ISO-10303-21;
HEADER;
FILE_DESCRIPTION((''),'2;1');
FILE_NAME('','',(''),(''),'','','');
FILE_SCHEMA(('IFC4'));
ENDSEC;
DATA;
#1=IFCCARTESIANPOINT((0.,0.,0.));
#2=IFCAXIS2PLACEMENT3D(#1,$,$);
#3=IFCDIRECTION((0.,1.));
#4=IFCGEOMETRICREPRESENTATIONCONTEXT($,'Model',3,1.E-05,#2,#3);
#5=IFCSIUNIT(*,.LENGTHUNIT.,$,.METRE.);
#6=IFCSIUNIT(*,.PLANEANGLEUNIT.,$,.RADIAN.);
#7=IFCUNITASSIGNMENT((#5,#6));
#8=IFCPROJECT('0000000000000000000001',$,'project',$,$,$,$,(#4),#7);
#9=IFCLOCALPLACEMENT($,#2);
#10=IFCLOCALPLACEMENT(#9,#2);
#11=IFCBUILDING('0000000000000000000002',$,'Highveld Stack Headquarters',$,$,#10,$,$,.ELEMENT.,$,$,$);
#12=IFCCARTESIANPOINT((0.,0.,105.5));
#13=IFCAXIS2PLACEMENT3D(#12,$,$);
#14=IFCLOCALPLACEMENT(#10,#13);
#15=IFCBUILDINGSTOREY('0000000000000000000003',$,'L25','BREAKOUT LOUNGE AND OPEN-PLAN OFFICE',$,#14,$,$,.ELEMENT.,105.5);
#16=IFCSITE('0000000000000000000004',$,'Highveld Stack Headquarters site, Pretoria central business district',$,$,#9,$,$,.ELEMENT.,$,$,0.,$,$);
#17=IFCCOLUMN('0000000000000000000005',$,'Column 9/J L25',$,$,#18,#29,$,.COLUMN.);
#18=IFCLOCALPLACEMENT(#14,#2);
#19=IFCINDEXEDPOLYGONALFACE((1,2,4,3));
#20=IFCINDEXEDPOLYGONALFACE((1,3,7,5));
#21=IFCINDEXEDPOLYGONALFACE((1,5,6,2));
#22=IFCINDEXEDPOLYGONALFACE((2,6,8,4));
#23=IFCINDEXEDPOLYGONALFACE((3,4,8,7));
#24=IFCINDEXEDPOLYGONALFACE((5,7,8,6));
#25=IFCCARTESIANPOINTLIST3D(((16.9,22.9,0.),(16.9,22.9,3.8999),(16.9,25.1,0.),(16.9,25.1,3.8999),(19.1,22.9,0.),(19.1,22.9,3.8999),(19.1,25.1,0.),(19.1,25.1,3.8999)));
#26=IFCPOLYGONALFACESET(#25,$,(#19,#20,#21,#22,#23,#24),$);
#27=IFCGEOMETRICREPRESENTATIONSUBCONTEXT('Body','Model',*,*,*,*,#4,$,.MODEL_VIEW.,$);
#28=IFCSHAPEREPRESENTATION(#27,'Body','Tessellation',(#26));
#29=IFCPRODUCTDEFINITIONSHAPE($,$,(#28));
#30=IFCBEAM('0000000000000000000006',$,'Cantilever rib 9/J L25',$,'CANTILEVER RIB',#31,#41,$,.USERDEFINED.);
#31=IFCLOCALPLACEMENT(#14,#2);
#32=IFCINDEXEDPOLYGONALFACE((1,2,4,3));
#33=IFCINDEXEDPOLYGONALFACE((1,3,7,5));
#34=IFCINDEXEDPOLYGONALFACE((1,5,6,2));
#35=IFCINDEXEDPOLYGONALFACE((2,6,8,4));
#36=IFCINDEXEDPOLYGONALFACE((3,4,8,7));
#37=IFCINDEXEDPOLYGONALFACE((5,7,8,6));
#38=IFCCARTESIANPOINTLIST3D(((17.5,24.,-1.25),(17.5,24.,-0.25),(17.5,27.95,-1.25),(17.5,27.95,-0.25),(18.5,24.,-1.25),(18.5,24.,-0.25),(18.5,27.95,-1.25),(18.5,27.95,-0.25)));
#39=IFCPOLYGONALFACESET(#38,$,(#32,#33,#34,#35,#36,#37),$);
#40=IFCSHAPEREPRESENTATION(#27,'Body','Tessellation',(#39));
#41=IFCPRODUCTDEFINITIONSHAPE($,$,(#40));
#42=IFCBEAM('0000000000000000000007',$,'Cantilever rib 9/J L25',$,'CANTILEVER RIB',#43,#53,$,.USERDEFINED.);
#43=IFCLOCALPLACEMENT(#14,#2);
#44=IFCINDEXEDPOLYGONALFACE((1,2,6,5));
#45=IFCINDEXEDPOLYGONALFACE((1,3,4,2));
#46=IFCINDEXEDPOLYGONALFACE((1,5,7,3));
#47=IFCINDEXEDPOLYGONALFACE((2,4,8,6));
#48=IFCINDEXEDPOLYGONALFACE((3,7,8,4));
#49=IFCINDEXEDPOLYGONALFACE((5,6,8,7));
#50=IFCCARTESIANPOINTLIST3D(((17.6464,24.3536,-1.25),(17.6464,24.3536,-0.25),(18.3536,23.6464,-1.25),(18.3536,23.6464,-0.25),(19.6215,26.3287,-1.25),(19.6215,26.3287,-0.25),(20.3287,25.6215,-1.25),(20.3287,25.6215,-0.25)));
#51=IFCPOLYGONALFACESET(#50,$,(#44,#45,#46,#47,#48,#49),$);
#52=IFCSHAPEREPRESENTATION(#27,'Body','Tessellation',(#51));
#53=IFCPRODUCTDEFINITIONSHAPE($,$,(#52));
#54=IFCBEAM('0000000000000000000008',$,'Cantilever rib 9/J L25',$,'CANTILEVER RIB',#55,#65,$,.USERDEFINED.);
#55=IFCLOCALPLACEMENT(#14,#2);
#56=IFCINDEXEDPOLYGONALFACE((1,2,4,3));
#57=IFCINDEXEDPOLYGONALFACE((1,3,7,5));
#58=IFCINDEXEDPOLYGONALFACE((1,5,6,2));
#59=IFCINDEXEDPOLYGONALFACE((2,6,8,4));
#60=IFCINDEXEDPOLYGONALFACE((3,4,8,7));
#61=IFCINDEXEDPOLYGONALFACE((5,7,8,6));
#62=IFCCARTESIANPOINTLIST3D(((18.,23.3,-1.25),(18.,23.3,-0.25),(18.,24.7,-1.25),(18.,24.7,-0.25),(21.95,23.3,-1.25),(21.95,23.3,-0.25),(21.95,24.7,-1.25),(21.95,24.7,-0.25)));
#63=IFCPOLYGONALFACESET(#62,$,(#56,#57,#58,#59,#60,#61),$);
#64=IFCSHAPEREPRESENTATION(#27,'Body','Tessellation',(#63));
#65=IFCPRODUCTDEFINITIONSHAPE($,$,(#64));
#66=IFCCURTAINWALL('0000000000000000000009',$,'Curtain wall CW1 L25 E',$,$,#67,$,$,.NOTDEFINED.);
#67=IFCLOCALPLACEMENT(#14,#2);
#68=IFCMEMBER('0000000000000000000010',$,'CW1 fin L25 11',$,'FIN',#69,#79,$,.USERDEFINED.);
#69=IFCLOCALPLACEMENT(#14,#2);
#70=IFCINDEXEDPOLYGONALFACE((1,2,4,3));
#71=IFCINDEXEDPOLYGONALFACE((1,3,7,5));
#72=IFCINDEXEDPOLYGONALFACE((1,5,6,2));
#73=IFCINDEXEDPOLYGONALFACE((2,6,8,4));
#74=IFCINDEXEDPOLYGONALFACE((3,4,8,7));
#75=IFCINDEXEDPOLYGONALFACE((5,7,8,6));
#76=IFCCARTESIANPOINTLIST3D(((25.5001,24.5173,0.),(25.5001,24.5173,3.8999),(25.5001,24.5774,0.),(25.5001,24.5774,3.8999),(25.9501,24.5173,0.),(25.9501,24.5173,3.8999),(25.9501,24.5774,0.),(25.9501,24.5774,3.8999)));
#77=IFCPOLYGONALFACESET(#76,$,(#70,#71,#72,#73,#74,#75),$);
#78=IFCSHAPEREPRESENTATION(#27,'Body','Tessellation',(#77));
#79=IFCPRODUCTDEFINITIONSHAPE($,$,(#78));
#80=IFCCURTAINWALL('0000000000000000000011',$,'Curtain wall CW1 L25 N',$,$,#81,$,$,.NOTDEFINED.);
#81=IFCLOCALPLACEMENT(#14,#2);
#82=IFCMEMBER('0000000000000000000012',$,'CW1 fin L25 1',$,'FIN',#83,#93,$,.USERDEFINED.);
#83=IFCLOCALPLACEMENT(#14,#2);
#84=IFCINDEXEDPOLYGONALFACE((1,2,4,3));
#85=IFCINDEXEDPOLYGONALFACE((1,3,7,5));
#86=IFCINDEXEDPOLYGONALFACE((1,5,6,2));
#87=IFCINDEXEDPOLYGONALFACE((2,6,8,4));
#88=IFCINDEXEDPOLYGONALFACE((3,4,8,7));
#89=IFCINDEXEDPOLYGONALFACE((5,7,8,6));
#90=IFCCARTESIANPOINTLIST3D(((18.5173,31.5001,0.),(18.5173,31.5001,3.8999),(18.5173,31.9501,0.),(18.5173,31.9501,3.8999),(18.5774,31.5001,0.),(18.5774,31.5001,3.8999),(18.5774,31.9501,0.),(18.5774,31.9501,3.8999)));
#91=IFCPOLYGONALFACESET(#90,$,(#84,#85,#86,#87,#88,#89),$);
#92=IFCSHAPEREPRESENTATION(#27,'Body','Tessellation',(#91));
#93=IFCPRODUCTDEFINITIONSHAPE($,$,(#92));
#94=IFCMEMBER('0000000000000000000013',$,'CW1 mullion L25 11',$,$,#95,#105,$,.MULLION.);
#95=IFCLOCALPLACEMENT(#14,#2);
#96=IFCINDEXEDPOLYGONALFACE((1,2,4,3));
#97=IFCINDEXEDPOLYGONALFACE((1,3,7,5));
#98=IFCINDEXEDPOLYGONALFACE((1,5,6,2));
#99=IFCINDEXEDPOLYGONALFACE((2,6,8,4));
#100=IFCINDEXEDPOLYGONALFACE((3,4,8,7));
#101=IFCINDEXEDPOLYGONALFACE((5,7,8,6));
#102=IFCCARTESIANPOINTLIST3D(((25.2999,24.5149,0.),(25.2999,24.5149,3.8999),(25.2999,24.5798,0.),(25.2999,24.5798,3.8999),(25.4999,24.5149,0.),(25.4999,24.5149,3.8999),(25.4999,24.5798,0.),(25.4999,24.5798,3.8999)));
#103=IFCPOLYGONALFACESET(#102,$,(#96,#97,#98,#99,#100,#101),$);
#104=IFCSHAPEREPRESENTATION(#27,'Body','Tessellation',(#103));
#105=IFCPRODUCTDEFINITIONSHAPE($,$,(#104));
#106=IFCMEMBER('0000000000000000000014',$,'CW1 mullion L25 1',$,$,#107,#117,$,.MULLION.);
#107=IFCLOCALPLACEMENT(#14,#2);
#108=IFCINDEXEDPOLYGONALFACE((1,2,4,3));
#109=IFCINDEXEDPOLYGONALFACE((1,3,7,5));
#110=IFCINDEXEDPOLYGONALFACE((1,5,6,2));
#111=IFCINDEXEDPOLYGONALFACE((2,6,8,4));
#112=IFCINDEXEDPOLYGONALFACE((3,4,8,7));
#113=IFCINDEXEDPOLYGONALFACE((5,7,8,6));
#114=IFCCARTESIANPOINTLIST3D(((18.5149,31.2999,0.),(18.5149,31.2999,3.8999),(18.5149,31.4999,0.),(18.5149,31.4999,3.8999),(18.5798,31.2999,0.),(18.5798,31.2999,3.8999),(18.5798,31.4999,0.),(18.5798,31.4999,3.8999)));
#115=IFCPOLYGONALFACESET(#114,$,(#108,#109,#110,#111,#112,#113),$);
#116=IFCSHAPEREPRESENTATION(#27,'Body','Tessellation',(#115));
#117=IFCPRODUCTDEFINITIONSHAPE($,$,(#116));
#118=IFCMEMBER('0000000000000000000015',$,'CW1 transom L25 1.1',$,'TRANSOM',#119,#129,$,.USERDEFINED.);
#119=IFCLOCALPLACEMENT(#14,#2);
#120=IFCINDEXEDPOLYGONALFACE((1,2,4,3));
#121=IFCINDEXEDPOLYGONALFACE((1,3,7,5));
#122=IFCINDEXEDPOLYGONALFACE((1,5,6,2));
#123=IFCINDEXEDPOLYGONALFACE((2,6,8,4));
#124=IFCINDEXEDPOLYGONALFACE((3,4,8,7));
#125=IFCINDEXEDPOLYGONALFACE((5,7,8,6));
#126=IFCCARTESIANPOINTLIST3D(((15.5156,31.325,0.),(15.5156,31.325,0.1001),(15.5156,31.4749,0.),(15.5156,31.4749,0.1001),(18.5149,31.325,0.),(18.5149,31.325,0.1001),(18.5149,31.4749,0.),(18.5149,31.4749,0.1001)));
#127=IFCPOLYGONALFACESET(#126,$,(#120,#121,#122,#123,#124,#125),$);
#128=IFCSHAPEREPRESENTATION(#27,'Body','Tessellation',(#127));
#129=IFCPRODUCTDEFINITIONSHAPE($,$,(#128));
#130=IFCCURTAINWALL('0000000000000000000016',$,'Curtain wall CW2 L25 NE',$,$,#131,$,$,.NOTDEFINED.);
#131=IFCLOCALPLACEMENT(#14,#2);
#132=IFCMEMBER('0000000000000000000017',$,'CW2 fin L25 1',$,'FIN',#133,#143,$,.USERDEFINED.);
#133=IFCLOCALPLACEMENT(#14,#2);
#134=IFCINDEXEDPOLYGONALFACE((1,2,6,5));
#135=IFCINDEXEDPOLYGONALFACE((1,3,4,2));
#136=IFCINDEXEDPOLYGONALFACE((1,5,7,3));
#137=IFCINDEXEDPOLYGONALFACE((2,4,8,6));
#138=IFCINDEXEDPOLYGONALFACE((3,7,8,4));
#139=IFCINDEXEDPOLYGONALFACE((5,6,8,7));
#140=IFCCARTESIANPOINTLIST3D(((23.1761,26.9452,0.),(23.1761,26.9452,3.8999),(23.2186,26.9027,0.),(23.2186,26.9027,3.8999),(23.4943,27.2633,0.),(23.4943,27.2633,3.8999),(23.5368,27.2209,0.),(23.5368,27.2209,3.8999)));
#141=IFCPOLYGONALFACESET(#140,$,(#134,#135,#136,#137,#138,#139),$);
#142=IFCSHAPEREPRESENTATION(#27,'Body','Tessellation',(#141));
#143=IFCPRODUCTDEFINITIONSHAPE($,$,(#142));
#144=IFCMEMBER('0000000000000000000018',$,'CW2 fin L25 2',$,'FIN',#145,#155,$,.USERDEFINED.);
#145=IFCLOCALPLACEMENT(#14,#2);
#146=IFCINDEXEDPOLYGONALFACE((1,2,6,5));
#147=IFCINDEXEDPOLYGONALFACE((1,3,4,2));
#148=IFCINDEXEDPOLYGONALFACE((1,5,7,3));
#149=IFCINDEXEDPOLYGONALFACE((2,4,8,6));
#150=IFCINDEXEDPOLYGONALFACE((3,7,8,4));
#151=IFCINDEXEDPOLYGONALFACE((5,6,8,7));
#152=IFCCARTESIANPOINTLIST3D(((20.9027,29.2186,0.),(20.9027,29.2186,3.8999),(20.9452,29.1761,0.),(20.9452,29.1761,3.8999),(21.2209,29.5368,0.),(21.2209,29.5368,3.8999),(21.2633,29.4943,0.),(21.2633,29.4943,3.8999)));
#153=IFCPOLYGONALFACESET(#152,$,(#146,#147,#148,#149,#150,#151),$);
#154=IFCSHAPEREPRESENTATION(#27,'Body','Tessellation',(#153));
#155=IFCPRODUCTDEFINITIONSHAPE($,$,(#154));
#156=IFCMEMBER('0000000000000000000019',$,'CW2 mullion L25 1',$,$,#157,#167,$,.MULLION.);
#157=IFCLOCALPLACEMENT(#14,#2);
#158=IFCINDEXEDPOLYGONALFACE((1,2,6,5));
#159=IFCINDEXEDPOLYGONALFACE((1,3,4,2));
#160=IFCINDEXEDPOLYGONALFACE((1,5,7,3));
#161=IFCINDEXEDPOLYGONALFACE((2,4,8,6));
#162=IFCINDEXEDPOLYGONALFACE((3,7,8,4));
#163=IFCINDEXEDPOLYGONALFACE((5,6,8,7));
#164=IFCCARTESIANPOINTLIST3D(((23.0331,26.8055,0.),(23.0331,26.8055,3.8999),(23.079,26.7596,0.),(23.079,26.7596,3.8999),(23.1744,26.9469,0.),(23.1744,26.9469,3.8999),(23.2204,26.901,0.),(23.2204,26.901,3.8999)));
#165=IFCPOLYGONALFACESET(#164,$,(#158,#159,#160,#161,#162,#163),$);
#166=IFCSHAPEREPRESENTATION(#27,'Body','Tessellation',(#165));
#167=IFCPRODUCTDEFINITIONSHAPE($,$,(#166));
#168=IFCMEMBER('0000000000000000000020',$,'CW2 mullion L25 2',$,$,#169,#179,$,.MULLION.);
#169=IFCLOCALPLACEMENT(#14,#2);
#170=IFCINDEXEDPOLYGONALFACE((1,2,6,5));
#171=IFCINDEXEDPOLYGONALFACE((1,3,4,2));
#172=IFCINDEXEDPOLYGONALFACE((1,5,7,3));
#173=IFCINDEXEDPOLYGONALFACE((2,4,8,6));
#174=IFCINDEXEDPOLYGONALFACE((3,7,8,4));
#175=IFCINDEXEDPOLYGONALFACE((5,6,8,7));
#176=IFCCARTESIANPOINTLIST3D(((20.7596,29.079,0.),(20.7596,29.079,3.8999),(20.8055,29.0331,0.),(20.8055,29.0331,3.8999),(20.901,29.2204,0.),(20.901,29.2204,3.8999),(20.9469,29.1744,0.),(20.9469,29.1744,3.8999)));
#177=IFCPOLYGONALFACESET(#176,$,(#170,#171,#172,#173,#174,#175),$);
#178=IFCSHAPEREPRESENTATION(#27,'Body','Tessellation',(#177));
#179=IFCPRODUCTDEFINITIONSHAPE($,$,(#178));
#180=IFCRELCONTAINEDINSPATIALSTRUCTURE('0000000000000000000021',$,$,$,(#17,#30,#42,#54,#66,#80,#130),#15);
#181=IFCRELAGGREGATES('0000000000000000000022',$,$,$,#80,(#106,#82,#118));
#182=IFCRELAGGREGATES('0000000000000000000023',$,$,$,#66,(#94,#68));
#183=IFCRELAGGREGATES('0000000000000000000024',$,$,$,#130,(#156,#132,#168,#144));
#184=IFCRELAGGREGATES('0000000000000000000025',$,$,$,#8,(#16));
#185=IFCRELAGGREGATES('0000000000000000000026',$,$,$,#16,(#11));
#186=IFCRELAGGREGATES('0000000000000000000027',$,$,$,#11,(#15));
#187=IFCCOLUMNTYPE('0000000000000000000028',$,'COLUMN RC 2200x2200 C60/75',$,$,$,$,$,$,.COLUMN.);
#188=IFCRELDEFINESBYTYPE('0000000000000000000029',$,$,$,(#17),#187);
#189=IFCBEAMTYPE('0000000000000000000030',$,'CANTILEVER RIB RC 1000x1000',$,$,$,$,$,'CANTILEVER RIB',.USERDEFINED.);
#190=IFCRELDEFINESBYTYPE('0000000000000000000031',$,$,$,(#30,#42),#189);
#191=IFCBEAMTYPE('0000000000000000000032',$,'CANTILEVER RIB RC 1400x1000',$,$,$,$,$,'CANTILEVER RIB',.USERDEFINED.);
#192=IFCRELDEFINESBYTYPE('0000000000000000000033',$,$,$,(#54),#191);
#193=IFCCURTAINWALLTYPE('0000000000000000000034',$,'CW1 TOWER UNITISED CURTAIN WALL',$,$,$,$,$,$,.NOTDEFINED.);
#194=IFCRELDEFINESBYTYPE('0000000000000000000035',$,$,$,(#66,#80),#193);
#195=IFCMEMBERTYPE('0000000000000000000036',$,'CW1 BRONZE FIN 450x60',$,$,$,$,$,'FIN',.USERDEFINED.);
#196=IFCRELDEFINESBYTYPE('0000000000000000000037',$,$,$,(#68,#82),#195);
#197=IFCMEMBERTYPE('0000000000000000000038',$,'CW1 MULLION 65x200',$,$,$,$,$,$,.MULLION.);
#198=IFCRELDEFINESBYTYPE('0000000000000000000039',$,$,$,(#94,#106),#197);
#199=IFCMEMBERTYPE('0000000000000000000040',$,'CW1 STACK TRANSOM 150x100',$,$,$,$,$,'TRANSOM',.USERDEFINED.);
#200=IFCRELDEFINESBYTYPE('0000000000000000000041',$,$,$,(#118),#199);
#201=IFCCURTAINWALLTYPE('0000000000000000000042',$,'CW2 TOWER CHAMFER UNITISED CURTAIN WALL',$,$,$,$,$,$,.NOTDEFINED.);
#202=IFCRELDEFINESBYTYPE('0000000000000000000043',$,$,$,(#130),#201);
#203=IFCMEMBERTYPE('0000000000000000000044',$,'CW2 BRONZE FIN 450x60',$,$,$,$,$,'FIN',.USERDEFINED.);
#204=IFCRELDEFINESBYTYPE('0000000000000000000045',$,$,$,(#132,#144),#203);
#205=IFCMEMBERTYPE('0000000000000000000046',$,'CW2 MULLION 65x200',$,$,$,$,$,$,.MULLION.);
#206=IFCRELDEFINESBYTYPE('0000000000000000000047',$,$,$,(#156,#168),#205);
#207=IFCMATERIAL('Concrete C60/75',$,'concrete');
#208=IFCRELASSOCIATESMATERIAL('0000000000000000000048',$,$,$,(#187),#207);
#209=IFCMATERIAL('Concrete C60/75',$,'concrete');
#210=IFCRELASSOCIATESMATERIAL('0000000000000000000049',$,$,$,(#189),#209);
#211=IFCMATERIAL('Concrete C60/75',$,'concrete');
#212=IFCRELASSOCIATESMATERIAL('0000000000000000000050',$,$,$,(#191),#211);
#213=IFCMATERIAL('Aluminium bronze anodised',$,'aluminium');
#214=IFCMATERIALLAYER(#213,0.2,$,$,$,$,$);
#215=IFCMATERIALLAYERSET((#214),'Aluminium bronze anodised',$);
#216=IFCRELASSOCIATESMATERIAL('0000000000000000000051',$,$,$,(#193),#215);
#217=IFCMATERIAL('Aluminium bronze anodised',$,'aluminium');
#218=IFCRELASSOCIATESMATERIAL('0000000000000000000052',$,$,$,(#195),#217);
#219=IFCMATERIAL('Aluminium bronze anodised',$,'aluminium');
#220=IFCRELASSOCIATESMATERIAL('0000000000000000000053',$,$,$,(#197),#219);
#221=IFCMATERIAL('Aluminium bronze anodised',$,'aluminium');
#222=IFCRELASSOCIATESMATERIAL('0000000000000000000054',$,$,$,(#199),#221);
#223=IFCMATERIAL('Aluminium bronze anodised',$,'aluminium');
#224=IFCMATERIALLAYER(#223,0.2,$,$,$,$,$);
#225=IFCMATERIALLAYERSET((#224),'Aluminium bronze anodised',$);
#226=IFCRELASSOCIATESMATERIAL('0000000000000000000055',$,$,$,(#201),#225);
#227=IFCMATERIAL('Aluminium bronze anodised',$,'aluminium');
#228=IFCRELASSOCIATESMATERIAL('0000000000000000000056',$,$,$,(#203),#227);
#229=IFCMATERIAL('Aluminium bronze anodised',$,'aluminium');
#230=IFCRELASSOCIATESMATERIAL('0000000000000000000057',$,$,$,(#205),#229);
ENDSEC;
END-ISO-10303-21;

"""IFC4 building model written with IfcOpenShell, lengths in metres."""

from ifc_helpers import new_model, si_unit, direction, frame, origin, origin_2d, place, context, subcontext, project, spatial, rectangle, extrude, material, layer, layer_set, material_profile, profile_set, type_object, element, aggregate, save


model = new_model("IFC4")

# Units and contexts
model_context = context("Model", 3, precision=1e-05, world=origin(), true_north=direction((0.0, 1.0)))
body_context = subcontext(model_context, "Body", "Model", "MODEL_VIEW")
ifc_project = project(units=[si_unit("LENGTHUNIT", "METRE"), si_unit("PLANEANGLEUNIT", "RADIAN")], contexts=[model_context])

# Site, building, storey
site_placement = place(None, origin())
site = spatial("IfcSite", under=ifc_project, at=site_placement, Name="Highveld Stack Headquarters site, Pretoria central business district", CompositionType="ELEMENT", RefElevation=0.0)
building_placement = place(site_placement, origin())
building = spatial("IfcBuilding", under=site, at=building_placement, Name="Highveld Stack Headquarters", CompositionType="ELEMENT")
storey_placement = place(building_placement, frame((0.0, 0.0, 105.5)))
storey = spatial("IfcBuildingStorey", under=building, at=storey_placement, Name="L25", Description="BREAKOUT LOUNGE AND OPEN-PLAN OFFICE", CompositionType="ELEMENT", Elevation=105.5)

# Column
ifc_material_1 = material(Name="Concrete C60/75", Category="concrete")
ifc_material_profile_1 = material_profile(ifc_material_1, rectangle(XDim=2.2, YDim=2.2, at=origin_2d()), Name="RC 2200x2200")
ifc_profile_set_1 = profile_set([ifc_material_profile_1], Name="Concrete C60/75")
column_type = type_object("IfcColumnType", Name="COLUMN RC 2200x2200 C60/75", PredefinedType="COLUMN", material=ifc_profile_set_1)
column_placement = place(storey_placement, frame((18.0, 24.0, 0.0), z_axis=(0.0, 0.0, 1.0), x_axis=(1.0, 0.0, 0.0)))
element("IfcColumn", 1, at=column_placement, inside=storey, type_object=column_type, Name="Column 9/J L25", PredefinedType="COLUMN", context=body_context, shape_type="SweptSolid", body=[
    extrude(rectangle(XDim=2.2, YDim=2.2, at=origin_2d()), origin(), (0.0, 0.0, 1.0), 3.8999),
])

# Beams
ifc_material_2 = material(Name="Concrete C60/75", Category="concrete")
ifc_material_profile_2 = material_profile(ifc_material_2, rectangle(XDim=1.0, YDim=1.0, at=origin_2d()), Name="RC 1000x1000")
ifc_profile_set_2 = profile_set([ifc_material_profile_2], Name="Concrete C60/75")
beam_type_1 = type_object("IfcBeamType", Name="CANTILEVER RIB RC 1000x1000", ElementType="CANTILEVER RIB", PredefinedType="USERDEFINED", material=ifc_profile_set_2)
beam_1_placement = place(storey_placement, frame((18.0, 24.0, -0.75), z_axis=(0.0, 1.0, 0.0), x_axis=(-1.0, 0.0, 0.0)))
element("IfcBeam", 2, at=beam_1_placement, inside=storey, type_object=beam_type_1, Name="Cantilever rib 9/J L25", ObjectType="CANTILEVER RIB", PredefinedType="USERDEFINED", context=body_context, shape_type="SweptSolid", body=[
    extrude(rectangle(XDim=1.0, YDim=1.0, at=origin_2d()), origin(), (0.0, 0.0, 1.0), 3.95),
])
beam_2_placement = place(storey_placement, frame((18.0, 24.0, -0.75), z_axis=(0.707107, 0.707107, 0.0), x_axis=(-0.707107, 0.707107, 0.0)))
element("IfcBeam", 3, at=beam_2_placement, inside=storey, type_object=beam_type_1, Name="Cantilever rib 9/J L25", ObjectType="CANTILEVER RIB", PredefinedType="USERDEFINED", context=body_context, shape_type="SweptSolid", body=[
    extrude(rectangle(XDim=1.0, YDim=1.0, at=origin_2d()), origin(), (0.0, 0.0, 1.0), 2.7932),
])
ifc_material_3 = material(Name="Concrete C60/75", Category="concrete")
ifc_material_profile_3 = material_profile(ifc_material_3, rectangle(XDim=1.3999, YDim=1.0, at=origin_2d()), Name="RC 1400x1000")
ifc_profile_set_3 = profile_set([ifc_material_profile_3], Name="Concrete C60/75")
beam_type_2 = type_object("IfcBeamType", Name="CANTILEVER RIB RC 1400x1000", ElementType="CANTILEVER RIB", PredefinedType="USERDEFINED", material=ifc_profile_set_3)
beam_3_placement = place(storey_placement, frame((18.0, 24.0, -0.75), z_axis=(1.0, 0.0, 0.0), x_axis=(0.0, 1.0, 0.0)))
element("IfcBeam", 4, at=beam_3_placement, inside=storey, type_object=beam_type_2, Name="Cantilever rib 9/J L25", ObjectType="CANTILEVER RIB", PredefinedType="USERDEFINED", context=body_context, shape_type="SweptSolid", body=[
    extrude(rectangle(XDim=1.3999, YDim=1.0, at=origin_2d()), origin(), (0.0, 0.0, 1.0), 3.95),
])

# Curtain walls, members
ifc_material_4 = material(Name="Aluminium bronze anodised", Category="aluminium")
ifc_layer_1 = layer(ifc_material_4, 0.2)
ifc_layer_set_1 = layer_set([ifc_layer_1], Name="Aluminium bronze anodised")
curtain_wall_type_1 = type_object("IfcCurtainWallType", Name="CW1 TOWER UNITISED CURTAIN WALL", PredefinedType="NOTDEFINED", material=ifc_layer_set_1)
curtain_wall_1_placement = place(storey_placement, origin())
curtain_wall_1 = element("IfcCurtainWall", 5, at=curtain_wall_1_placement, inside=storey, type_object=curtain_wall_type_1, Name="Curtain wall CW1 L25 E", PredefinedType="NOTDEFINED")
ifc_material_5 = material(Name="Aluminium bronze anodised", Category="aluminium")
ifc_material_profile_4 = material_profile(ifc_material_5, rectangle(XDim=0.45, YDim=0.0601, at=origin_2d()), Name="FIN 450x60")
ifc_profile_set_4 = profile_set([ifc_material_profile_4], Name="Aluminium bronze anodised")
member_type_1 = type_object("IfcMemberType", Name="CW1 BRONZE FIN 450x60", ElementType="FIN", PredefinedType="USERDEFINED", material=ifc_profile_set_4)
member_1_placement = place(storey_placement, frame((25.7251, 24.5474, 0.0), z_axis=(0.0, 0.0, 1.0), x_axis=(-1.0, 0.0, 0.0)))
member_1 = element("IfcMember", 6, at=member_1_placement, type_object=member_type_1, Name="CW1 fin L25 11", ObjectType="FIN", PredefinedType="USERDEFINED", context=body_context, shape_type="SweptSolid", body=[
    extrude(rectangle(XDim=0.45, YDim=0.0601, at=origin_2d()), origin(), (0.0, 0.0, 1.0), 3.8999),
])
curtain_wall_2_placement = place(storey_placement, origin())
curtain_wall_2 = element("IfcCurtainWall", 7, at=curtain_wall_2_placement, inside=storey, type_object=curtain_wall_type_1, Name="Curtain wall CW1 L25 N", PredefinedType="NOTDEFINED")
member_2_placement = place(storey_placement, frame((18.5474, 31.7251, 0.0), z_axis=(0.0, 0.0, 1.0), x_axis=(0.0, -1.0, 0.0)))
member_2 = element("IfcMember", 8, at=member_2_placement, type_object=member_type_1, Name="CW1 fin L25 1", ObjectType="FIN", PredefinedType="USERDEFINED", context=body_context, shape_type="SweptSolid", body=[
    extrude(rectangle(XDim=0.45, YDim=0.0601, at=origin_2d()), origin(), (0.0, 0.0, 1.0), 3.8999),
])

# Members
ifc_material_6 = material(Name="Aluminium bronze anodised", Category="aluminium")
ifc_material_profile_5 = material_profile(ifc_material_6, rectangle(XDim=0.2, YDim=0.0649, at=origin_2d()), Name="CW1 MULLION 65x200")
ifc_profile_set_5 = profile_set([ifc_material_profile_5], Name="Aluminium bronze anodised")
member_type_2 = type_object("IfcMemberType", Name="CW1 MULLION 65x200", PredefinedType="MULLION", material=ifc_profile_set_5)
member_3_placement = place(storey_placement, frame((25.3999, 24.5474, 0.0), z_axis=(0.0, 0.0, 1.0), x_axis=(-1.0, 0.0, 0.0)))
member_3 = element("IfcMember", 9, at=member_3_placement, type_object=member_type_2, Name="CW1 mullion L25 11", PredefinedType="MULLION", context=body_context, shape_type="SweptSolid", body=[
    extrude(rectangle(XDim=0.2, YDim=0.0649, at=origin_2d()), origin(), (0.0, 0.0, 1.0), 3.8999),
])
member_4_placement = place(storey_placement, frame((18.5474, 31.3999, 0.0), z_axis=(0.0, 0.0, 1.0), x_axis=(0.0, -1.0, 0.0)))
member_4 = element("IfcMember", 10, at=member_4_placement, type_object=member_type_2, Name="CW1 mullion L25 1", PredefinedType="MULLION", context=body_context, shape_type="SweptSolid", body=[
    extrude(rectangle(XDim=0.2, YDim=0.0649, at=origin_2d()), origin(), (0.0, 0.0, 1.0), 3.8999),
])
ifc_material_7 = material(Name="Aluminium bronze anodised", Category="aluminium")
ifc_material_profile_6 = material_profile(ifc_material_7, rectangle(XDim=0.1499, YDim=0.1001, at=origin_2d()), Name="CW1 TRANSOM 150x100")
ifc_profile_set_6 = profile_set([ifc_material_profile_6], Name="Aluminium bronze anodised")
member_type_3 = type_object("IfcMemberType", Name="CW1 STACK TRANSOM 150x100", ElementType="TRANSOM", PredefinedType="USERDEFINED", material=ifc_profile_set_6)
member_5_placement = place(storey_placement, frame((18.5149, 31.3999, 0.05), z_axis=(-1.0, 0.0, 0.0), x_axis=(0.0, -1.0, 0.0)))
member_5 = element("IfcMember", 11, at=member_5_placement, type_object=member_type_3, Name="CW1 transom L25 1.1", ObjectType="TRANSOM", PredefinedType="USERDEFINED", context=body_context, shape_type="SweptSolid", body=[
    extrude(rectangle(XDim=0.1499, YDim=0.1001, at=origin_2d()), origin(), (0.0, 0.0, 1.0), 2.9993),
])
aggregate(curtain_wall_2, [member_4, member_2, member_5])

# Curtain wall, members
ifc_material_8 = material(Name="Aluminium bronze anodised", Category="aluminium")
ifc_layer_2 = layer(ifc_material_8, 0.2)
ifc_layer_set_2 = layer_set([ifc_layer_2], Name="Aluminium bronze anodised")
curtain_wall_type_2 = type_object("IfcCurtainWallType", Name="CW2 TOWER CHAMFER UNITISED CURTAIN WALL", PredefinedType="NOTDEFINED", material=ifc_layer_set_2)
curtain_wall_3_placement = place(storey_placement, origin())
curtain_wall_3 = element("IfcCurtainWall", 12, at=curtain_wall_3_placement, inside=storey, type_object=curtain_wall_type_2, Name="Curtain wall CW2 L25 NE", PredefinedType="NOTDEFINED")
ifc_material_9 = material(Name="Aluminium bronze anodised", Category="aluminium")
ifc_material_profile_7 = material_profile(ifc_material_9, rectangle(XDim=0.45, YDim=0.0601, at=origin_2d()), Name="FIN 450x60")
ifc_profile_set_7 = profile_set([ifc_material_profile_7], Name="Aluminium bronze anodised")
member_type_4 = type_object("IfcMemberType", Name="CW2 BRONZE FIN 450x60", ElementType="FIN", PredefinedType="USERDEFINED", material=ifc_profile_set_7)
member_6_placement = place(storey_placement, frame((23.3564, 27.083, 0.0), z_axis=(0.0, 0.0, 1.0), x_axis=(-0.707107, -0.707107, 0.0)))
member_6 = element("IfcMember", 13, at=member_6_placement, type_object=member_type_4, Name="CW2 fin L25 1", ObjectType="FIN", PredefinedType="USERDEFINED", context=body_context, shape_type="SweptSolid", body=[
    extrude(rectangle(XDim=0.45, YDim=0.0601, at=origin_2d()), origin(), (0.0, 0.0, 1.0), 3.8999),
])
member_7_placement = place(storey_placement, frame((21.083, 29.3564, 0.0), z_axis=(0.0, 0.0, 1.0), x_axis=(-0.707107, -0.707107, 0.0)))
member_7 = element("IfcMember", 14, at=member_7_placement, type_object=member_type_4, Name="CW2 fin L25 2", ObjectType="FIN", PredefinedType="USERDEFINED", context=body_context, shape_type="SweptSolid", body=[
    extrude(rectangle(XDim=0.45, YDim=0.0601, at=origin_2d()), origin(), (0.0, 0.0, 1.0), 3.8999),
])
ifc_material_10 = material(Name="Aluminium bronze anodised", Category="aluminium")
ifc_material_profile_8 = material_profile(ifc_material_10, rectangle(XDim=0.2, YDim=0.0649, at=origin_2d()), Name="CW2 MULLION 65x200")
ifc_profile_set_8 = profile_set([ifc_material_profile_8], Name="Aluminium bronze anodised")
member_type_5 = type_object("IfcMemberType", Name="CW2 MULLION 65x200", PredefinedType="MULLION", material=ifc_profile_set_8)
member_8_placement = place(storey_placement, frame((23.1267, 26.8533, 0.0), z_axis=(0.0, 0.0, 1.0), x_axis=(-0.707107, -0.707107, 0.0)))
member_8 = element("IfcMember", 15, at=member_8_placement, type_object=member_type_5, Name="CW2 mullion L25 1", PredefinedType="MULLION", context=body_context, shape_type="SweptSolid", body=[
    extrude(rectangle(XDim=0.2, YDim=0.0649, at=origin_2d()), origin(), (0.0, 0.0, 1.0), 3.8999),
])
member_9_placement = place(storey_placement, frame((20.8533, 29.1267, 0.0), z_axis=(0.0, 0.0, 1.0), x_axis=(-0.707107, -0.707107, 0.0)))
member_9 = element("IfcMember", 16, at=member_9_placement, type_object=member_type_5, Name="CW2 mullion L25 2", PredefinedType="MULLION", context=body_context, shape_type="SweptSolid", body=[
    extrude(rectangle(XDim=0.2, YDim=0.0649, at=origin_2d()), origin(), (0.0, 0.0, 1.0), 3.8999),
])

aggregate(curtain_wall_1, [member_3, member_1])
aggregate(curtain_wall_3, [member_8, member_6, member_9, member_7])

save(model, "model.ifc")
